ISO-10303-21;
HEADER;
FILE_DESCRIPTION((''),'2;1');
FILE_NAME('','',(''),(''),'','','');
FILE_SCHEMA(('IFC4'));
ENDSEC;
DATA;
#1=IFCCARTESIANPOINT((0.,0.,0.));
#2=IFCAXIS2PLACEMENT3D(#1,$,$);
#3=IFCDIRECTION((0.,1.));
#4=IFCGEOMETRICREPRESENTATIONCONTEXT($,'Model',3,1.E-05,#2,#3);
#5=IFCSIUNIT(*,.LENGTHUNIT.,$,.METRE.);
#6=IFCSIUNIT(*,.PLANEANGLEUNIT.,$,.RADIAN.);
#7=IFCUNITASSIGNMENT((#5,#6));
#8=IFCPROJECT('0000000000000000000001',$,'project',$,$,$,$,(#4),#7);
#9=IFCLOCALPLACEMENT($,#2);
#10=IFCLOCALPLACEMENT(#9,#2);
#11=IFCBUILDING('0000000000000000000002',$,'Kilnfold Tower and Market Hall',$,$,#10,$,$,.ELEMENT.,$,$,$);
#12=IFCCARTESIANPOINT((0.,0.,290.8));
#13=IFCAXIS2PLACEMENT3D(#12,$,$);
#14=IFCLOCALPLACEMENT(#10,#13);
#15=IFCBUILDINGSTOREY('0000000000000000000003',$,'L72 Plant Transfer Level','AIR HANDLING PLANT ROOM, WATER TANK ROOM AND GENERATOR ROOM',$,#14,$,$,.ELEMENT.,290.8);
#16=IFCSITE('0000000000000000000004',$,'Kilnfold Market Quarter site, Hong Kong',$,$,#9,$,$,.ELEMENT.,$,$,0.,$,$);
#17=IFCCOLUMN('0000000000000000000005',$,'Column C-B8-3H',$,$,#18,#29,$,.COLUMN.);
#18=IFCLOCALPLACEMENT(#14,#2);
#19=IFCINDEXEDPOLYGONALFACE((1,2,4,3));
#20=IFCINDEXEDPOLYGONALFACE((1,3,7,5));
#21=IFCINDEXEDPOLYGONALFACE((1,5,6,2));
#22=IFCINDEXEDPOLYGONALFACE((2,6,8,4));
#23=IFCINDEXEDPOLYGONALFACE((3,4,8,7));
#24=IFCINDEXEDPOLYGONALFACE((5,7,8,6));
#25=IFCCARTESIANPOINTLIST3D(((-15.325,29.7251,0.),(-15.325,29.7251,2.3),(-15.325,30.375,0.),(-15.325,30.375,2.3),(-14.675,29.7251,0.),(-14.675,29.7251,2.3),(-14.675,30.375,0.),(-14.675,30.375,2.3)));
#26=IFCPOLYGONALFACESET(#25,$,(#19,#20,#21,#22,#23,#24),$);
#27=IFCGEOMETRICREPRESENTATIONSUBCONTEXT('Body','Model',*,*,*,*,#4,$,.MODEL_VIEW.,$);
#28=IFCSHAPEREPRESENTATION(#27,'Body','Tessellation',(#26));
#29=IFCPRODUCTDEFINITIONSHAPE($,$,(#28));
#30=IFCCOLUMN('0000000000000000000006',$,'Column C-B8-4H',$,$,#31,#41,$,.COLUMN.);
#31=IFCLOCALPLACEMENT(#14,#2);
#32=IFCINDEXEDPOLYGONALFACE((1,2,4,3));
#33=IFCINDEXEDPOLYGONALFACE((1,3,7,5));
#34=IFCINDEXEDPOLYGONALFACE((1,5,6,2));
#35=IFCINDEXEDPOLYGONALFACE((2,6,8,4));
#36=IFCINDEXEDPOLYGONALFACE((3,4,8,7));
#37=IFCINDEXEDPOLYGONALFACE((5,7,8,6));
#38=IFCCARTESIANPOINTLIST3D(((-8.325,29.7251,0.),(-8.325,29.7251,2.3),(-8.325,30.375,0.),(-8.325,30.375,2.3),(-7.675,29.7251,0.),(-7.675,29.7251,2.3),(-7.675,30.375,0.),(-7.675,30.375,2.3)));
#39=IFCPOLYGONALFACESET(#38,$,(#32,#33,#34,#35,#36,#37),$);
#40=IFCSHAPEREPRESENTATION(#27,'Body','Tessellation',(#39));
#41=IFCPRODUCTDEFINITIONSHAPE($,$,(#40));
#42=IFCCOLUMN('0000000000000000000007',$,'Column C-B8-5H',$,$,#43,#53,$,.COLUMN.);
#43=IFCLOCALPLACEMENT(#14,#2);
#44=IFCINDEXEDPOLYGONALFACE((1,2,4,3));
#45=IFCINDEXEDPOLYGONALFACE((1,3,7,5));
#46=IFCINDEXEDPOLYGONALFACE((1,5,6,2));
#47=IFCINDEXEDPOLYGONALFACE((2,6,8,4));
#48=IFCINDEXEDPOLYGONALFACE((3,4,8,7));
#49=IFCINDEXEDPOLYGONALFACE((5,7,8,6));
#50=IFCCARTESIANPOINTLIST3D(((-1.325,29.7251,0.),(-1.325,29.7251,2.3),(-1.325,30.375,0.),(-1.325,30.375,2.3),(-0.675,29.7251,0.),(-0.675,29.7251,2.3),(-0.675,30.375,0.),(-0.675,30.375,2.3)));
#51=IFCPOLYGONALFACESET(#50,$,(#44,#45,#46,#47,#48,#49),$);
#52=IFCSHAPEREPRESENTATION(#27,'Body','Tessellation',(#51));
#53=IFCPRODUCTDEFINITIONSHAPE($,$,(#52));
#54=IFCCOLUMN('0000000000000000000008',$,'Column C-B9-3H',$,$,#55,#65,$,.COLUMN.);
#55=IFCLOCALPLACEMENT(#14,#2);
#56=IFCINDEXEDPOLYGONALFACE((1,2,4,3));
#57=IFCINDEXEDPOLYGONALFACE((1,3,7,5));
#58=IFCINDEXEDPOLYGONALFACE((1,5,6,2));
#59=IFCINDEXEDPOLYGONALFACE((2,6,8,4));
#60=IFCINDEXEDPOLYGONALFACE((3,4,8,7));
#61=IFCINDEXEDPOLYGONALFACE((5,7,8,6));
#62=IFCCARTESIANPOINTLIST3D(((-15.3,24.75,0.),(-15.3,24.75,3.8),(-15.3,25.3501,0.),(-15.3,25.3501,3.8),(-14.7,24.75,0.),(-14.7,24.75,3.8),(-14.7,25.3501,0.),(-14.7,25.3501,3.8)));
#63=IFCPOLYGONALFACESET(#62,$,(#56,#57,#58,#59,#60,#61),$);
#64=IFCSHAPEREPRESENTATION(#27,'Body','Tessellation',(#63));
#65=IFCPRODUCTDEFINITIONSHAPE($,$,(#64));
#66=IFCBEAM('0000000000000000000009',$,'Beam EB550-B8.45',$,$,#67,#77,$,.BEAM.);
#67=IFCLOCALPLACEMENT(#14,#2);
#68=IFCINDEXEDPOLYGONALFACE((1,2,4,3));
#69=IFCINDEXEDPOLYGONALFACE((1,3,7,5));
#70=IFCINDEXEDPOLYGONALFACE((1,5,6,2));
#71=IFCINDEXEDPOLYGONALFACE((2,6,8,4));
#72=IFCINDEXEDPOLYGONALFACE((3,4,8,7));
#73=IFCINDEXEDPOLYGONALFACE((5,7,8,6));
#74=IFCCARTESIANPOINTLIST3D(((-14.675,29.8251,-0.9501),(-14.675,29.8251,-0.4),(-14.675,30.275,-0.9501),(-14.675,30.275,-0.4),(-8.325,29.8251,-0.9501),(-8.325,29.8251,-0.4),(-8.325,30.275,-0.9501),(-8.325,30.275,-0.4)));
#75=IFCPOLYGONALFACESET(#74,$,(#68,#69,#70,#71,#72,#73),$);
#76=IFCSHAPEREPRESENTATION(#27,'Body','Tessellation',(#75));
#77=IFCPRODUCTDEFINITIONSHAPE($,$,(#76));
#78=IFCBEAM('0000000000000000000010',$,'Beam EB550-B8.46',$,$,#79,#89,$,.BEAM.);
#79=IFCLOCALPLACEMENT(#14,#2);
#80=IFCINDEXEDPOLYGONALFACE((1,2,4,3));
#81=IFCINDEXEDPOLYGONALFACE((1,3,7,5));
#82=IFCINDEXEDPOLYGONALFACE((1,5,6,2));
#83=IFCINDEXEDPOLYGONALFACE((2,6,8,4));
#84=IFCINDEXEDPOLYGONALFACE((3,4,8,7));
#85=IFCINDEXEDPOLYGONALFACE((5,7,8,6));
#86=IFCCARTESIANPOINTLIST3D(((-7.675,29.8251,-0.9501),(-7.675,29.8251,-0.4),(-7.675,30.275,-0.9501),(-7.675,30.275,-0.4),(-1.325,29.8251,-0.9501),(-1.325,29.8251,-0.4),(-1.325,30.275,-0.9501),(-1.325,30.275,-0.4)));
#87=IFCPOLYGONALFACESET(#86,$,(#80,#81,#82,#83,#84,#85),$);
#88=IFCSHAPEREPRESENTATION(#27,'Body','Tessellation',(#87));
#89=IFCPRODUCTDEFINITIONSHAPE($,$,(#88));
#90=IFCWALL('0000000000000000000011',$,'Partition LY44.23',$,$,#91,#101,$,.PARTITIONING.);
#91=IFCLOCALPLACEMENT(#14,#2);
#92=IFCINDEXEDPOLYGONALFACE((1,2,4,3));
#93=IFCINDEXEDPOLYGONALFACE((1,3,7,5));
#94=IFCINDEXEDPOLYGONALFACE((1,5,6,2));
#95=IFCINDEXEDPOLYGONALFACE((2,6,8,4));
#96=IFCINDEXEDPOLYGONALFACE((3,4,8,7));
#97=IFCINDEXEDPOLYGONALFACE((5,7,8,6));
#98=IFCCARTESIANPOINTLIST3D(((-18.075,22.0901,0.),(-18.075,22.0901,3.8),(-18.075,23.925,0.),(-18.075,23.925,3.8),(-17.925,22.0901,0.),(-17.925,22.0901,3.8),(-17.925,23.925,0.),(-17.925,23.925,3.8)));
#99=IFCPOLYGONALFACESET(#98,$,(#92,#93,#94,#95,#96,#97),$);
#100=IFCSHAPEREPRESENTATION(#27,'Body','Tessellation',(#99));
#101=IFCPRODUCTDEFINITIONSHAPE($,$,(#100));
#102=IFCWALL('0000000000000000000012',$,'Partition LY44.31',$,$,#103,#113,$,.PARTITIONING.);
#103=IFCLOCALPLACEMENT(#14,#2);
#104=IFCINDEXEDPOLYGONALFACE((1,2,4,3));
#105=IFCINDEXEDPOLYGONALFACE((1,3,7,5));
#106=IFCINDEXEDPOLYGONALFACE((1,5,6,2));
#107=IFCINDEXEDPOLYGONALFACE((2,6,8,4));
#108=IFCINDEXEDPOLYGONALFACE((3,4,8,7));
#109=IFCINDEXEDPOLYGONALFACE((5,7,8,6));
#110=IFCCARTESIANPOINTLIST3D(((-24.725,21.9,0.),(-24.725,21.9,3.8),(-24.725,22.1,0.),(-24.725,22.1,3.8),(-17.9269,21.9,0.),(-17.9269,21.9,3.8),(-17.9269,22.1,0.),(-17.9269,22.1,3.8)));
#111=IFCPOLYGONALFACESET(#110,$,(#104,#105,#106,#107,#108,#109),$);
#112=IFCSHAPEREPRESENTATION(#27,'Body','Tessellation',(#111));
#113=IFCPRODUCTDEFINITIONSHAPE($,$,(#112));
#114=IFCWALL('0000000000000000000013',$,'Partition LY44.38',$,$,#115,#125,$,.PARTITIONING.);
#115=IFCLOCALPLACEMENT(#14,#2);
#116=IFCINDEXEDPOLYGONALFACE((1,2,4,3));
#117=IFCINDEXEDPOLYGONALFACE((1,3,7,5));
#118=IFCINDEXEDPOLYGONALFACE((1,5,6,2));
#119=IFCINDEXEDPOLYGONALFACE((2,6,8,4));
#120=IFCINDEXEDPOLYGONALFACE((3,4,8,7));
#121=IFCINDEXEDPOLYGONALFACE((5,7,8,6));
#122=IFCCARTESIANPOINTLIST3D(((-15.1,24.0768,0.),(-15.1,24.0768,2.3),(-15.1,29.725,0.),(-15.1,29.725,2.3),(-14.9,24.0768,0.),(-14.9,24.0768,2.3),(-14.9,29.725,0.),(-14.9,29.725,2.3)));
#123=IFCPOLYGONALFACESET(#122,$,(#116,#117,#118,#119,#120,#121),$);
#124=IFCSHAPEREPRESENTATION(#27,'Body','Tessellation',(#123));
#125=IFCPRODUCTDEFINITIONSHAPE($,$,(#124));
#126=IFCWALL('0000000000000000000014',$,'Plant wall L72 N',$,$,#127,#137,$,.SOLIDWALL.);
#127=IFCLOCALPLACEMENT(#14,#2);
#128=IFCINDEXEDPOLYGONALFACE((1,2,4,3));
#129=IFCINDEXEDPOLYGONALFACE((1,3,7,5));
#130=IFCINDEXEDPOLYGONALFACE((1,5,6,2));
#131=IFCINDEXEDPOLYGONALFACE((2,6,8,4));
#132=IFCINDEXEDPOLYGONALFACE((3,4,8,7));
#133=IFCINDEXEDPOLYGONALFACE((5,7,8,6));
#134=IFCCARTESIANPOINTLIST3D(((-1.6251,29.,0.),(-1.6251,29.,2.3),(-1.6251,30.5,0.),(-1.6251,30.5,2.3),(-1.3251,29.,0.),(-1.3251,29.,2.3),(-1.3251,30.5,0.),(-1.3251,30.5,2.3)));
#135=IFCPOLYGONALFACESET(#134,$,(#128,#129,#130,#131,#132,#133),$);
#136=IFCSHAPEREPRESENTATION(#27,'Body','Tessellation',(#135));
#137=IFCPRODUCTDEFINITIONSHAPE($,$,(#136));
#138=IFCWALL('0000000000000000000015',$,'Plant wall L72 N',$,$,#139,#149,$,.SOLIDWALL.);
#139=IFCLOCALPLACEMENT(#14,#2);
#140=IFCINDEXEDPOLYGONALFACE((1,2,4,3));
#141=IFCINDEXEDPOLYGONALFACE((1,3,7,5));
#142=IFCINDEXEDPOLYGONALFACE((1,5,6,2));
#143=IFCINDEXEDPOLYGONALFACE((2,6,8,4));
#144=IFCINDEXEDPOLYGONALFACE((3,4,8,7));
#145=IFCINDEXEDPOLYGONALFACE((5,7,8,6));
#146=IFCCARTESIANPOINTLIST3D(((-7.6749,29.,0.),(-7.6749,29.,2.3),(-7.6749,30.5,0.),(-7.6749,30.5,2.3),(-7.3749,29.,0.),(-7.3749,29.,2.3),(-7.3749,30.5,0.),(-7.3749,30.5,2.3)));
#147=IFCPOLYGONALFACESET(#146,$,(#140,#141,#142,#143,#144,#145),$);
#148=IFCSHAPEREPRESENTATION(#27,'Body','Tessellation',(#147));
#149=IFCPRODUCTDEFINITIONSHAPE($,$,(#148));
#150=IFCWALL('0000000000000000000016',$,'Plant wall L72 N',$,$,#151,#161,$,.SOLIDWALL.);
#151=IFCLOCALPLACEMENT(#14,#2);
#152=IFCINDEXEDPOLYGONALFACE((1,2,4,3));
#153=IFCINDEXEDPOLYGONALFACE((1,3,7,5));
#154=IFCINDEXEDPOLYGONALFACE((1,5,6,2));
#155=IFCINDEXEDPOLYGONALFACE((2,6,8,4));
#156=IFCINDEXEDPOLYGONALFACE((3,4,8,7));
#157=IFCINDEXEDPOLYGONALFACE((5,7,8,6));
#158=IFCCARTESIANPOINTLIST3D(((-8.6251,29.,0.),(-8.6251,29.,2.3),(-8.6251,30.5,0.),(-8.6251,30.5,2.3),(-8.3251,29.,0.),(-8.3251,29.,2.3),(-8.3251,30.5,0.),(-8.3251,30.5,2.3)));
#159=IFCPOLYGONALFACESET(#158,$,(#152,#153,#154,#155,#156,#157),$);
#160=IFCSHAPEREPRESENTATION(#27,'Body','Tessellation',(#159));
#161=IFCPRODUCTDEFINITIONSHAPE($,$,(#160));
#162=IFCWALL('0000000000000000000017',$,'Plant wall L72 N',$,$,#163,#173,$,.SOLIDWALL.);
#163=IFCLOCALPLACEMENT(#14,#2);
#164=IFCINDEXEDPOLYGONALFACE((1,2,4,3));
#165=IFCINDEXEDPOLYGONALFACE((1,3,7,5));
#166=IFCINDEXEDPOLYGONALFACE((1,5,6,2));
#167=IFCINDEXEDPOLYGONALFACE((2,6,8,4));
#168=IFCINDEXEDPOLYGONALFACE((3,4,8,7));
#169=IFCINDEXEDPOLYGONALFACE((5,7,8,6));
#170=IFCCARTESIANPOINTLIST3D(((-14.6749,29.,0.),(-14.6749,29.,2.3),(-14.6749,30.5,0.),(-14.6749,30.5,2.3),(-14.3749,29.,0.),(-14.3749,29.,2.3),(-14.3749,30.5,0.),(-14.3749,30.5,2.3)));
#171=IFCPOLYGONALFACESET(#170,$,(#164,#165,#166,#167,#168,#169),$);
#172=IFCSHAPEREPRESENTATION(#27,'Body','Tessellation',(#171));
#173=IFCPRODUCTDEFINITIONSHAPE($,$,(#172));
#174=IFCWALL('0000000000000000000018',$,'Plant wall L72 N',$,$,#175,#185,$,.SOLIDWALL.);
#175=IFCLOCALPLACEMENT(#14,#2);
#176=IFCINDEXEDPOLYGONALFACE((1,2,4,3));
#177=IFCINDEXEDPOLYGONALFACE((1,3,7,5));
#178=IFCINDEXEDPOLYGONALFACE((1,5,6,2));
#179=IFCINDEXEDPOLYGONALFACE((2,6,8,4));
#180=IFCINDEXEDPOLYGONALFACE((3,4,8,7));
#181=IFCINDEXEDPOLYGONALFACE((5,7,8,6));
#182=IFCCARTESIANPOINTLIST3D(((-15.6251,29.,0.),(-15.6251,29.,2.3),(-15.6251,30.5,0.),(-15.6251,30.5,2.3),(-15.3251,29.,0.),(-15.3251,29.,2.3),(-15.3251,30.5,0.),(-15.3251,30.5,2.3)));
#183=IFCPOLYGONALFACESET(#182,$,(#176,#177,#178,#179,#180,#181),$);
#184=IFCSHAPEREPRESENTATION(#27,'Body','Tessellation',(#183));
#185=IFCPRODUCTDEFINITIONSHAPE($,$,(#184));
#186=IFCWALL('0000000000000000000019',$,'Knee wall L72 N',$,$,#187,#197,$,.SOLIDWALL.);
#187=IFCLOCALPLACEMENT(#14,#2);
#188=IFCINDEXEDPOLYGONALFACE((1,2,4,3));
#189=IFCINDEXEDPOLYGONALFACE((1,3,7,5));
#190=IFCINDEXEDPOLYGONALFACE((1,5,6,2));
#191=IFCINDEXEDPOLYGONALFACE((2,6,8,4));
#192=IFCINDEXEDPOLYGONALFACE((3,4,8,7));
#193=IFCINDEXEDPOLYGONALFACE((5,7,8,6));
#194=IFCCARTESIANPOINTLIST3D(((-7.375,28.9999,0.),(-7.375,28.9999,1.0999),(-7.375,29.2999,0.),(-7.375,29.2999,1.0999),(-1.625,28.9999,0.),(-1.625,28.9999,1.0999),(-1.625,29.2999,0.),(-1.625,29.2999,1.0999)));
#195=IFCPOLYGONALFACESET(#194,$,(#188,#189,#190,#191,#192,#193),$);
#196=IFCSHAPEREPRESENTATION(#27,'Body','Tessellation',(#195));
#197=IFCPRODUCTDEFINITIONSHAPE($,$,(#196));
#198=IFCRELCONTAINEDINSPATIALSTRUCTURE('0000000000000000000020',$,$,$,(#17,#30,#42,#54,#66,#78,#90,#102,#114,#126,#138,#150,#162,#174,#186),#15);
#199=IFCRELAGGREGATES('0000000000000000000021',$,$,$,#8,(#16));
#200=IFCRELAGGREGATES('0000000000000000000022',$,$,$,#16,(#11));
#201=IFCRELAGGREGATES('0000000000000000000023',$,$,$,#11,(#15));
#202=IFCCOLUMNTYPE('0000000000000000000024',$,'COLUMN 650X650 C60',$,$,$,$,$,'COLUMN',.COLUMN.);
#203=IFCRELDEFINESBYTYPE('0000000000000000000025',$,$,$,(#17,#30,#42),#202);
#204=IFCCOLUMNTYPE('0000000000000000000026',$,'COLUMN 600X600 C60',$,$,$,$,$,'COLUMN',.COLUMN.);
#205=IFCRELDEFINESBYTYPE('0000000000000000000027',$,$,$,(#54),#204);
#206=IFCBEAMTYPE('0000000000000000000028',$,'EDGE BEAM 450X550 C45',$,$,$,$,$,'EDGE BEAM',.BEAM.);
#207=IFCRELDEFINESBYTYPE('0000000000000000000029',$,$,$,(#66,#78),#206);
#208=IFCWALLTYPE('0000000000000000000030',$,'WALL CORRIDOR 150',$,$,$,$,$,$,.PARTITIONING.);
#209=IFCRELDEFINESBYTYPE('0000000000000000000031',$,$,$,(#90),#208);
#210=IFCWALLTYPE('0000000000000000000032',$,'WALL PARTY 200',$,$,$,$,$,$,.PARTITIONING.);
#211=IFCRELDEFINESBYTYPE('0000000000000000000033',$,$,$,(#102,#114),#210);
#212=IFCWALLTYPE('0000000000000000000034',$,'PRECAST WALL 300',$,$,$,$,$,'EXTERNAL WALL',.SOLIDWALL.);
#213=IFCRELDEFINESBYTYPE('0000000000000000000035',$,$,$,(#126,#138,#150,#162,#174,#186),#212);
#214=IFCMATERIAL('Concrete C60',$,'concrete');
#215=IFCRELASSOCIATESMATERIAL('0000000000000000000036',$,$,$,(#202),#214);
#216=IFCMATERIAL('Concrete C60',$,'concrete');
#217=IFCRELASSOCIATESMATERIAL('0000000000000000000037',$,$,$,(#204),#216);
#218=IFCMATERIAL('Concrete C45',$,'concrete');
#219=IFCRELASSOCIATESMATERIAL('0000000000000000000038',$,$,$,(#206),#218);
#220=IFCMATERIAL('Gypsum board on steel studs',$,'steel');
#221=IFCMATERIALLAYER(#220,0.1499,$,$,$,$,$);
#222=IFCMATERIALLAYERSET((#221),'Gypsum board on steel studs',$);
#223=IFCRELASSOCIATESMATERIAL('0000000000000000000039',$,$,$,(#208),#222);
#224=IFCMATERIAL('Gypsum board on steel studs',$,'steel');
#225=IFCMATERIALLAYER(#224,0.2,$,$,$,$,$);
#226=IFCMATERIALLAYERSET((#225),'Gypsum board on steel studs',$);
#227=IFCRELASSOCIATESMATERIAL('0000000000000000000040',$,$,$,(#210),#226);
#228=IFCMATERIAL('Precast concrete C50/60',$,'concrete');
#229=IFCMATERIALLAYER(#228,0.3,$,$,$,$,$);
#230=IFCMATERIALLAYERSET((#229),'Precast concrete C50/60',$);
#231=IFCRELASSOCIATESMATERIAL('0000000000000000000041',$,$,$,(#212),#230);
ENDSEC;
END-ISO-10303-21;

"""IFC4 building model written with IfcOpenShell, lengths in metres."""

from ifc_helpers import new_model, si_unit, direction, frame, frame_2d, origin, origin_2d, place, context, subcontext, project, spatial, rectangle, extrude, source, transform, mapped, material, layer, layer_set, material_profile, profile_set, type_object, element, save


model = new_model("IFC4")

# Units and contexts
model_context = context("Model", 3, precision=1e-05, world=origin(), true_north=direction((0.0, 1.0)))
body_context = subcontext(model_context, "Body", "Model", "MODEL_VIEW")
ifc_project = project(units=[si_unit("LENGTHUNIT", "METRE"), si_unit("PLANEANGLEUNIT", "RADIAN")], contexts=[model_context])

# Site, building, storey
site_placement = place(None, origin())
site = spatial("IfcSite", under=ifc_project, at=site_placement, Name="Kilnfold Market Quarter site, Hong Kong", CompositionType="ELEMENT", RefElevation=0.0)
building_placement = place(site_placement, origin())
building = spatial("IfcBuilding", under=site, at=building_placement, Name="Kilnfold Tower and Market Hall", CompositionType="ELEMENT")
storey_placement = place(building_placement, frame((0.0, 0.0, 290.8)))
storey = spatial("IfcBuildingStorey", under=building, at=storey_placement, Name="L72 Plant Transfer Level", Description="AIR HANDLING PLANT ROOM, WATER TANK ROOM AND GENERATOR ROOM", CompositionType="ELEMENT", Elevation=290.8)

# Columns
ifc_material_1 = material(Name="Concrete C60", Category="concrete")
ifc_material_profile_1 = material_profile(ifc_material_1, rectangle(XDim=0.6499, YDim=0.6499, at=origin_2d()), Name="RC 650x650")
ifc_profile_set_1 = profile_set([ifc_material_profile_1], Name="Concrete C60")
column_type_1 = type_object("IfcColumnType", Name="COLUMN 650X650 C60", ElementType="COLUMN", PredefinedType="COLUMN", material=ifc_profile_set_1)
shared_shape_1 = source(origin(), body_context, "Body", "SweptSolid", [
    extrude(rectangle(XDim=0.6499, YDim=0.6499, at=origin_2d()), origin(), (0.0, 0.0, 1.0), 2.3),
])
for number, where, z_axis, x_axis, name in (
    (1, (-15.0, 30.05, 0.0), (0.0, 0.0, 1.0), (1.0, 0.0, 0.0), "Column C-B8-3H"),
    (2, (-8.0, 30.05, 0.0), (0.0, 0.0, 1.0), (1.0, 0.0, 0.0), "Column C-B8-4H"),
    (3, (-1.0, 30.05, 0.0), (0.0, 0.0, 1.0), (1.0, 0.0, 0.0), "Column C-B8-5H"),
):
    element("IfcColumn", number, at=place(storey_placement, frame(where, z_axis=z_axis, x_axis=x_axis)), inside=storey, type_object=column_type_1, Name=name, PredefinedType="COLUMN", context=body_context, shape_type="MappedRepresentation", body=[
        mapped(shared_shape_1, transform((0.0, 0.0, 0.0))),
    ])
ifc_material_2 = material(Name="Concrete C60", Category="concrete")
ifc_material_profile_2 = material_profile(ifc_material_2, rectangle(XDim=0.6001, YDim=0.6001, at=origin_2d()), Name="RC 600x600")
ifc_profile_set_2 = profile_set([ifc_material_profile_2], Name="Concrete C60")
column_type_2 = type_object("IfcColumnType", Name="COLUMN 600X600 C60", ElementType="COLUMN", PredefinedType="COLUMN", material=ifc_profile_set_2)
shared_shape_2 = source(origin(), body_context, "Body", "SweptSolid", [
    extrude(rectangle(XDim=0.6001, YDim=0.6001, at=origin_2d()), origin(), (0.0, 0.0, 1.0), 3.8),
])
column_placement = place(storey_placement, frame((-15.0, 25.05, 0.0), z_axis=(0.0, 0.0, 1.0), x_axis=(1.0, 0.0, 0.0)))
element("IfcColumn", 4, at=column_placement, inside=storey, type_object=column_type_2, Name="Column C-B9-3H", PredefinedType="COLUMN", context=body_context, shape_type="MappedRepresentation", body=[
    mapped(shared_shape_2, transform((0.0, 0.0, 0.0))),
])

# Beams
ifc_material_3 = material(Name="Concrete C45", Category="concrete")
ifc_material_profile_3 = material_profile(ifc_material_3, rectangle(XDim=0.45, YDim=0.55, at=origin_2d()), Name="RC 450x550")
ifc_profile_set_3 = profile_set([ifc_material_profile_3], Name="Concrete C45")
beam_type = type_object("IfcBeamType", Name="EDGE BEAM 450X550 C45", ElementType="EDGE BEAM", PredefinedType="BEAM", material=ifc_profile_set_3)
shared_shape_3 = source(origin(), body_context, "Body", "SweptSolid", [
    extrude(rectangle(XDim=0.45, YDim=0.55, at=origin_2d()), origin(), (0.0, 0.0, 1.0), 6.3501),
])
for number, where, z_axis, x_axis, name in (
    (5, (-14.675, 30.05, -0.675), (1.0, 0.0, 0.0), (0.0, 1.0, 0.0), "Beam EB550-B8.45"),
    (6, (-7.675, 30.05, -0.675), (1.0, 0.0, 0.0), (0.0, 1.0, 0.0), "Beam EB550-B8.46"),
):
    element("IfcBeam", number, at=place(storey_placement, frame(where, z_axis=z_axis, x_axis=x_axis)), inside=storey, type_object=beam_type, Name=name, PredefinedType="BEAM", context=body_context, shape_type="MappedRepresentation", body=[
        mapped(shared_shape_3, transform((0.0, 0.0, 0.0))),
    ])

# Walls
ifc_material_4 = material(Name="Gypsum board on steel studs", Category="steel")
ifc_layer_1 = layer(ifc_material_4, 0.1499)
ifc_layer_set_1 = layer_set([ifc_layer_1], Name="Gypsum board on steel studs")
wall_type_1 = type_object("IfcWallType", Name="WALL CORRIDOR 150", PredefinedType="PARTITIONING", material=ifc_layer_set_1)
wall_1_placement = place(storey_placement, frame((-18.0, 22.0901, 0.0), z_axis=(0.0, 0.0, 1.0), x_axis=(0.0, 1.0, 0.0)))
element("IfcWall", 7, at=wall_1_placement, inside=storey, type_object=wall_type_1, Name="Partition LY44.23", PredefinedType="PARTITIONING", context=body_context, shape_type="SweptSolid", body=[
    extrude(rectangle(XDim=1.835, YDim=0.1499, at=frame_2d((0.9175, 0.0))), origin(), (0.0, 0.0, 1.0), 3.8),
])
ifc_material_5 = material(Name="Gypsum board on steel studs", Category="steel")
ifc_layer_2 = layer(ifc_material_5, 0.2)
ifc_layer_set_2 = layer_set([ifc_layer_2], Name="Gypsum board on steel studs")
wall_type_2 = type_object("IfcWallType", Name="WALL PARTY 200", PredefinedType="PARTITIONING", material=ifc_layer_set_2)
wall_2_placement = place(storey_placement, frame((-17.927, 22.0, 0.0), z_axis=(0.0, 0.0, 1.0), x_axis=(-1.0, 0.0, 0.0)))
element("IfcWall", 8, at=wall_2_placement, inside=storey, type_object=wall_type_2, Name="Partition LY44.31", PredefinedType="PARTITIONING", context=body_context, shape_type="SweptSolid", body=[
    extrude(rectangle(XDim=6.7981, YDim=0.2, at=frame_2d((3.3989, 0.0))), origin(), (0.0, 0.0, 1.0), 3.8),
])
wall_3_placement = place(storey_placement, frame((-15.0, 29.7251, 0.0), z_axis=(0.0, 0.0, 1.0), x_axis=(0.0, -1.0, 0.0)))
element("IfcWall", 9, at=wall_3_placement, inside=storey, type_object=wall_type_2, Name="Partition LY44.38", PredefinedType="PARTITIONING", context=body_context, shape_type="SweptSolid", body=[
    extrude(rectangle(XDim=5.6482, YDim=0.2, at=frame_2d((2.8242, 0.0))), origin(), (0.0, 0.0, 1.0), 2.3),
])
ifc_material_6 = material(Name="Precast concrete C50/60", Category="concrete")
ifc_layer_3 = layer(ifc_material_6, 0.3)
ifc_layer_set_3 = layer_set([ifc_layer_3], Name="Precast concrete C50/60")
wall_type_3 = type_object("IfcWallType", Name="PRECAST WALL 300", ElementType="EXTERNAL WALL", PredefinedType="SOLIDWALL", material=ifc_layer_set_3)
shared_shape_4 = source(origin(), body_context, "Body", "SweptSolid", [
    extrude(rectangle(XDim=1.5, YDim=0.3, at=frame_2d((0.75, 0.0))), origin(), (0.0, 0.0, 1.0), 2.3),
])
for number, where, z_axis, x_axis, name in (
    (10, (-1.4751, 30.5, 0.0), (0.0, 0.0, 1.0), (0.0, -1.0, 0.0), "Plant wall L72 N"),
    (11, (-7.5249, 30.5, 0.0), (0.0, 0.0, 1.0), (0.0, -1.0, 0.0), "Plant wall L72 N"),
    (12, (-8.4751, 30.5, 0.0), (0.0, 0.0, 1.0), (0.0, -1.0, 0.0), "Plant wall L72 N"),
    (13, (-14.5249, 30.5, 0.0), (0.0, 0.0, 1.0), (0.0, -1.0, 0.0), "Plant wall L72 N"),
    (14, (-15.4751, 30.5, 0.0), (0.0, 0.0, 1.0), (0.0, -1.0, 0.0), "Plant wall L72 N"),
):
    element("IfcWall", number, at=place(storey_placement, frame(where, z_axis=z_axis, x_axis=x_axis)), inside=storey, type_object=wall_type_3, Name=name, PredefinedType="SOLIDWALL", context=body_context, shape_type="MappedRepresentation", body=[
        mapped(shared_shape_4, transform((0.0, 0.0, 0.0))),
    ])
shared_shape_5 = source(origin(), body_context, "Body", "SweptSolid", [
    extrude(rectangle(XDim=5.75, YDim=0.3, at=frame_2d((2.875, 0.0))), origin(), (0.0, 0.0, 1.0), 1.0999),
])
for number, where, z_axis, x_axis, name in (
    (15, (-1.625, 29.1499, 0.0), (0.0, 0.0, 1.0), (-1.0, 0.0, 0.0), "Knee wall L72 N"),
):
    element("IfcWall", number, at=place(storey_placement, frame(where, z_axis=z_axis, x_axis=x_axis)), inside=storey, type_object=wall_type_3, Name=name, PredefinedType="SOLIDWALL", context=body_context, shape_type="MappedRepresentation", body=[
        mapped(shared_shape_5, transform((0.0, 0.0, 0.0))),
    ])

save(model, "model.ifc")
